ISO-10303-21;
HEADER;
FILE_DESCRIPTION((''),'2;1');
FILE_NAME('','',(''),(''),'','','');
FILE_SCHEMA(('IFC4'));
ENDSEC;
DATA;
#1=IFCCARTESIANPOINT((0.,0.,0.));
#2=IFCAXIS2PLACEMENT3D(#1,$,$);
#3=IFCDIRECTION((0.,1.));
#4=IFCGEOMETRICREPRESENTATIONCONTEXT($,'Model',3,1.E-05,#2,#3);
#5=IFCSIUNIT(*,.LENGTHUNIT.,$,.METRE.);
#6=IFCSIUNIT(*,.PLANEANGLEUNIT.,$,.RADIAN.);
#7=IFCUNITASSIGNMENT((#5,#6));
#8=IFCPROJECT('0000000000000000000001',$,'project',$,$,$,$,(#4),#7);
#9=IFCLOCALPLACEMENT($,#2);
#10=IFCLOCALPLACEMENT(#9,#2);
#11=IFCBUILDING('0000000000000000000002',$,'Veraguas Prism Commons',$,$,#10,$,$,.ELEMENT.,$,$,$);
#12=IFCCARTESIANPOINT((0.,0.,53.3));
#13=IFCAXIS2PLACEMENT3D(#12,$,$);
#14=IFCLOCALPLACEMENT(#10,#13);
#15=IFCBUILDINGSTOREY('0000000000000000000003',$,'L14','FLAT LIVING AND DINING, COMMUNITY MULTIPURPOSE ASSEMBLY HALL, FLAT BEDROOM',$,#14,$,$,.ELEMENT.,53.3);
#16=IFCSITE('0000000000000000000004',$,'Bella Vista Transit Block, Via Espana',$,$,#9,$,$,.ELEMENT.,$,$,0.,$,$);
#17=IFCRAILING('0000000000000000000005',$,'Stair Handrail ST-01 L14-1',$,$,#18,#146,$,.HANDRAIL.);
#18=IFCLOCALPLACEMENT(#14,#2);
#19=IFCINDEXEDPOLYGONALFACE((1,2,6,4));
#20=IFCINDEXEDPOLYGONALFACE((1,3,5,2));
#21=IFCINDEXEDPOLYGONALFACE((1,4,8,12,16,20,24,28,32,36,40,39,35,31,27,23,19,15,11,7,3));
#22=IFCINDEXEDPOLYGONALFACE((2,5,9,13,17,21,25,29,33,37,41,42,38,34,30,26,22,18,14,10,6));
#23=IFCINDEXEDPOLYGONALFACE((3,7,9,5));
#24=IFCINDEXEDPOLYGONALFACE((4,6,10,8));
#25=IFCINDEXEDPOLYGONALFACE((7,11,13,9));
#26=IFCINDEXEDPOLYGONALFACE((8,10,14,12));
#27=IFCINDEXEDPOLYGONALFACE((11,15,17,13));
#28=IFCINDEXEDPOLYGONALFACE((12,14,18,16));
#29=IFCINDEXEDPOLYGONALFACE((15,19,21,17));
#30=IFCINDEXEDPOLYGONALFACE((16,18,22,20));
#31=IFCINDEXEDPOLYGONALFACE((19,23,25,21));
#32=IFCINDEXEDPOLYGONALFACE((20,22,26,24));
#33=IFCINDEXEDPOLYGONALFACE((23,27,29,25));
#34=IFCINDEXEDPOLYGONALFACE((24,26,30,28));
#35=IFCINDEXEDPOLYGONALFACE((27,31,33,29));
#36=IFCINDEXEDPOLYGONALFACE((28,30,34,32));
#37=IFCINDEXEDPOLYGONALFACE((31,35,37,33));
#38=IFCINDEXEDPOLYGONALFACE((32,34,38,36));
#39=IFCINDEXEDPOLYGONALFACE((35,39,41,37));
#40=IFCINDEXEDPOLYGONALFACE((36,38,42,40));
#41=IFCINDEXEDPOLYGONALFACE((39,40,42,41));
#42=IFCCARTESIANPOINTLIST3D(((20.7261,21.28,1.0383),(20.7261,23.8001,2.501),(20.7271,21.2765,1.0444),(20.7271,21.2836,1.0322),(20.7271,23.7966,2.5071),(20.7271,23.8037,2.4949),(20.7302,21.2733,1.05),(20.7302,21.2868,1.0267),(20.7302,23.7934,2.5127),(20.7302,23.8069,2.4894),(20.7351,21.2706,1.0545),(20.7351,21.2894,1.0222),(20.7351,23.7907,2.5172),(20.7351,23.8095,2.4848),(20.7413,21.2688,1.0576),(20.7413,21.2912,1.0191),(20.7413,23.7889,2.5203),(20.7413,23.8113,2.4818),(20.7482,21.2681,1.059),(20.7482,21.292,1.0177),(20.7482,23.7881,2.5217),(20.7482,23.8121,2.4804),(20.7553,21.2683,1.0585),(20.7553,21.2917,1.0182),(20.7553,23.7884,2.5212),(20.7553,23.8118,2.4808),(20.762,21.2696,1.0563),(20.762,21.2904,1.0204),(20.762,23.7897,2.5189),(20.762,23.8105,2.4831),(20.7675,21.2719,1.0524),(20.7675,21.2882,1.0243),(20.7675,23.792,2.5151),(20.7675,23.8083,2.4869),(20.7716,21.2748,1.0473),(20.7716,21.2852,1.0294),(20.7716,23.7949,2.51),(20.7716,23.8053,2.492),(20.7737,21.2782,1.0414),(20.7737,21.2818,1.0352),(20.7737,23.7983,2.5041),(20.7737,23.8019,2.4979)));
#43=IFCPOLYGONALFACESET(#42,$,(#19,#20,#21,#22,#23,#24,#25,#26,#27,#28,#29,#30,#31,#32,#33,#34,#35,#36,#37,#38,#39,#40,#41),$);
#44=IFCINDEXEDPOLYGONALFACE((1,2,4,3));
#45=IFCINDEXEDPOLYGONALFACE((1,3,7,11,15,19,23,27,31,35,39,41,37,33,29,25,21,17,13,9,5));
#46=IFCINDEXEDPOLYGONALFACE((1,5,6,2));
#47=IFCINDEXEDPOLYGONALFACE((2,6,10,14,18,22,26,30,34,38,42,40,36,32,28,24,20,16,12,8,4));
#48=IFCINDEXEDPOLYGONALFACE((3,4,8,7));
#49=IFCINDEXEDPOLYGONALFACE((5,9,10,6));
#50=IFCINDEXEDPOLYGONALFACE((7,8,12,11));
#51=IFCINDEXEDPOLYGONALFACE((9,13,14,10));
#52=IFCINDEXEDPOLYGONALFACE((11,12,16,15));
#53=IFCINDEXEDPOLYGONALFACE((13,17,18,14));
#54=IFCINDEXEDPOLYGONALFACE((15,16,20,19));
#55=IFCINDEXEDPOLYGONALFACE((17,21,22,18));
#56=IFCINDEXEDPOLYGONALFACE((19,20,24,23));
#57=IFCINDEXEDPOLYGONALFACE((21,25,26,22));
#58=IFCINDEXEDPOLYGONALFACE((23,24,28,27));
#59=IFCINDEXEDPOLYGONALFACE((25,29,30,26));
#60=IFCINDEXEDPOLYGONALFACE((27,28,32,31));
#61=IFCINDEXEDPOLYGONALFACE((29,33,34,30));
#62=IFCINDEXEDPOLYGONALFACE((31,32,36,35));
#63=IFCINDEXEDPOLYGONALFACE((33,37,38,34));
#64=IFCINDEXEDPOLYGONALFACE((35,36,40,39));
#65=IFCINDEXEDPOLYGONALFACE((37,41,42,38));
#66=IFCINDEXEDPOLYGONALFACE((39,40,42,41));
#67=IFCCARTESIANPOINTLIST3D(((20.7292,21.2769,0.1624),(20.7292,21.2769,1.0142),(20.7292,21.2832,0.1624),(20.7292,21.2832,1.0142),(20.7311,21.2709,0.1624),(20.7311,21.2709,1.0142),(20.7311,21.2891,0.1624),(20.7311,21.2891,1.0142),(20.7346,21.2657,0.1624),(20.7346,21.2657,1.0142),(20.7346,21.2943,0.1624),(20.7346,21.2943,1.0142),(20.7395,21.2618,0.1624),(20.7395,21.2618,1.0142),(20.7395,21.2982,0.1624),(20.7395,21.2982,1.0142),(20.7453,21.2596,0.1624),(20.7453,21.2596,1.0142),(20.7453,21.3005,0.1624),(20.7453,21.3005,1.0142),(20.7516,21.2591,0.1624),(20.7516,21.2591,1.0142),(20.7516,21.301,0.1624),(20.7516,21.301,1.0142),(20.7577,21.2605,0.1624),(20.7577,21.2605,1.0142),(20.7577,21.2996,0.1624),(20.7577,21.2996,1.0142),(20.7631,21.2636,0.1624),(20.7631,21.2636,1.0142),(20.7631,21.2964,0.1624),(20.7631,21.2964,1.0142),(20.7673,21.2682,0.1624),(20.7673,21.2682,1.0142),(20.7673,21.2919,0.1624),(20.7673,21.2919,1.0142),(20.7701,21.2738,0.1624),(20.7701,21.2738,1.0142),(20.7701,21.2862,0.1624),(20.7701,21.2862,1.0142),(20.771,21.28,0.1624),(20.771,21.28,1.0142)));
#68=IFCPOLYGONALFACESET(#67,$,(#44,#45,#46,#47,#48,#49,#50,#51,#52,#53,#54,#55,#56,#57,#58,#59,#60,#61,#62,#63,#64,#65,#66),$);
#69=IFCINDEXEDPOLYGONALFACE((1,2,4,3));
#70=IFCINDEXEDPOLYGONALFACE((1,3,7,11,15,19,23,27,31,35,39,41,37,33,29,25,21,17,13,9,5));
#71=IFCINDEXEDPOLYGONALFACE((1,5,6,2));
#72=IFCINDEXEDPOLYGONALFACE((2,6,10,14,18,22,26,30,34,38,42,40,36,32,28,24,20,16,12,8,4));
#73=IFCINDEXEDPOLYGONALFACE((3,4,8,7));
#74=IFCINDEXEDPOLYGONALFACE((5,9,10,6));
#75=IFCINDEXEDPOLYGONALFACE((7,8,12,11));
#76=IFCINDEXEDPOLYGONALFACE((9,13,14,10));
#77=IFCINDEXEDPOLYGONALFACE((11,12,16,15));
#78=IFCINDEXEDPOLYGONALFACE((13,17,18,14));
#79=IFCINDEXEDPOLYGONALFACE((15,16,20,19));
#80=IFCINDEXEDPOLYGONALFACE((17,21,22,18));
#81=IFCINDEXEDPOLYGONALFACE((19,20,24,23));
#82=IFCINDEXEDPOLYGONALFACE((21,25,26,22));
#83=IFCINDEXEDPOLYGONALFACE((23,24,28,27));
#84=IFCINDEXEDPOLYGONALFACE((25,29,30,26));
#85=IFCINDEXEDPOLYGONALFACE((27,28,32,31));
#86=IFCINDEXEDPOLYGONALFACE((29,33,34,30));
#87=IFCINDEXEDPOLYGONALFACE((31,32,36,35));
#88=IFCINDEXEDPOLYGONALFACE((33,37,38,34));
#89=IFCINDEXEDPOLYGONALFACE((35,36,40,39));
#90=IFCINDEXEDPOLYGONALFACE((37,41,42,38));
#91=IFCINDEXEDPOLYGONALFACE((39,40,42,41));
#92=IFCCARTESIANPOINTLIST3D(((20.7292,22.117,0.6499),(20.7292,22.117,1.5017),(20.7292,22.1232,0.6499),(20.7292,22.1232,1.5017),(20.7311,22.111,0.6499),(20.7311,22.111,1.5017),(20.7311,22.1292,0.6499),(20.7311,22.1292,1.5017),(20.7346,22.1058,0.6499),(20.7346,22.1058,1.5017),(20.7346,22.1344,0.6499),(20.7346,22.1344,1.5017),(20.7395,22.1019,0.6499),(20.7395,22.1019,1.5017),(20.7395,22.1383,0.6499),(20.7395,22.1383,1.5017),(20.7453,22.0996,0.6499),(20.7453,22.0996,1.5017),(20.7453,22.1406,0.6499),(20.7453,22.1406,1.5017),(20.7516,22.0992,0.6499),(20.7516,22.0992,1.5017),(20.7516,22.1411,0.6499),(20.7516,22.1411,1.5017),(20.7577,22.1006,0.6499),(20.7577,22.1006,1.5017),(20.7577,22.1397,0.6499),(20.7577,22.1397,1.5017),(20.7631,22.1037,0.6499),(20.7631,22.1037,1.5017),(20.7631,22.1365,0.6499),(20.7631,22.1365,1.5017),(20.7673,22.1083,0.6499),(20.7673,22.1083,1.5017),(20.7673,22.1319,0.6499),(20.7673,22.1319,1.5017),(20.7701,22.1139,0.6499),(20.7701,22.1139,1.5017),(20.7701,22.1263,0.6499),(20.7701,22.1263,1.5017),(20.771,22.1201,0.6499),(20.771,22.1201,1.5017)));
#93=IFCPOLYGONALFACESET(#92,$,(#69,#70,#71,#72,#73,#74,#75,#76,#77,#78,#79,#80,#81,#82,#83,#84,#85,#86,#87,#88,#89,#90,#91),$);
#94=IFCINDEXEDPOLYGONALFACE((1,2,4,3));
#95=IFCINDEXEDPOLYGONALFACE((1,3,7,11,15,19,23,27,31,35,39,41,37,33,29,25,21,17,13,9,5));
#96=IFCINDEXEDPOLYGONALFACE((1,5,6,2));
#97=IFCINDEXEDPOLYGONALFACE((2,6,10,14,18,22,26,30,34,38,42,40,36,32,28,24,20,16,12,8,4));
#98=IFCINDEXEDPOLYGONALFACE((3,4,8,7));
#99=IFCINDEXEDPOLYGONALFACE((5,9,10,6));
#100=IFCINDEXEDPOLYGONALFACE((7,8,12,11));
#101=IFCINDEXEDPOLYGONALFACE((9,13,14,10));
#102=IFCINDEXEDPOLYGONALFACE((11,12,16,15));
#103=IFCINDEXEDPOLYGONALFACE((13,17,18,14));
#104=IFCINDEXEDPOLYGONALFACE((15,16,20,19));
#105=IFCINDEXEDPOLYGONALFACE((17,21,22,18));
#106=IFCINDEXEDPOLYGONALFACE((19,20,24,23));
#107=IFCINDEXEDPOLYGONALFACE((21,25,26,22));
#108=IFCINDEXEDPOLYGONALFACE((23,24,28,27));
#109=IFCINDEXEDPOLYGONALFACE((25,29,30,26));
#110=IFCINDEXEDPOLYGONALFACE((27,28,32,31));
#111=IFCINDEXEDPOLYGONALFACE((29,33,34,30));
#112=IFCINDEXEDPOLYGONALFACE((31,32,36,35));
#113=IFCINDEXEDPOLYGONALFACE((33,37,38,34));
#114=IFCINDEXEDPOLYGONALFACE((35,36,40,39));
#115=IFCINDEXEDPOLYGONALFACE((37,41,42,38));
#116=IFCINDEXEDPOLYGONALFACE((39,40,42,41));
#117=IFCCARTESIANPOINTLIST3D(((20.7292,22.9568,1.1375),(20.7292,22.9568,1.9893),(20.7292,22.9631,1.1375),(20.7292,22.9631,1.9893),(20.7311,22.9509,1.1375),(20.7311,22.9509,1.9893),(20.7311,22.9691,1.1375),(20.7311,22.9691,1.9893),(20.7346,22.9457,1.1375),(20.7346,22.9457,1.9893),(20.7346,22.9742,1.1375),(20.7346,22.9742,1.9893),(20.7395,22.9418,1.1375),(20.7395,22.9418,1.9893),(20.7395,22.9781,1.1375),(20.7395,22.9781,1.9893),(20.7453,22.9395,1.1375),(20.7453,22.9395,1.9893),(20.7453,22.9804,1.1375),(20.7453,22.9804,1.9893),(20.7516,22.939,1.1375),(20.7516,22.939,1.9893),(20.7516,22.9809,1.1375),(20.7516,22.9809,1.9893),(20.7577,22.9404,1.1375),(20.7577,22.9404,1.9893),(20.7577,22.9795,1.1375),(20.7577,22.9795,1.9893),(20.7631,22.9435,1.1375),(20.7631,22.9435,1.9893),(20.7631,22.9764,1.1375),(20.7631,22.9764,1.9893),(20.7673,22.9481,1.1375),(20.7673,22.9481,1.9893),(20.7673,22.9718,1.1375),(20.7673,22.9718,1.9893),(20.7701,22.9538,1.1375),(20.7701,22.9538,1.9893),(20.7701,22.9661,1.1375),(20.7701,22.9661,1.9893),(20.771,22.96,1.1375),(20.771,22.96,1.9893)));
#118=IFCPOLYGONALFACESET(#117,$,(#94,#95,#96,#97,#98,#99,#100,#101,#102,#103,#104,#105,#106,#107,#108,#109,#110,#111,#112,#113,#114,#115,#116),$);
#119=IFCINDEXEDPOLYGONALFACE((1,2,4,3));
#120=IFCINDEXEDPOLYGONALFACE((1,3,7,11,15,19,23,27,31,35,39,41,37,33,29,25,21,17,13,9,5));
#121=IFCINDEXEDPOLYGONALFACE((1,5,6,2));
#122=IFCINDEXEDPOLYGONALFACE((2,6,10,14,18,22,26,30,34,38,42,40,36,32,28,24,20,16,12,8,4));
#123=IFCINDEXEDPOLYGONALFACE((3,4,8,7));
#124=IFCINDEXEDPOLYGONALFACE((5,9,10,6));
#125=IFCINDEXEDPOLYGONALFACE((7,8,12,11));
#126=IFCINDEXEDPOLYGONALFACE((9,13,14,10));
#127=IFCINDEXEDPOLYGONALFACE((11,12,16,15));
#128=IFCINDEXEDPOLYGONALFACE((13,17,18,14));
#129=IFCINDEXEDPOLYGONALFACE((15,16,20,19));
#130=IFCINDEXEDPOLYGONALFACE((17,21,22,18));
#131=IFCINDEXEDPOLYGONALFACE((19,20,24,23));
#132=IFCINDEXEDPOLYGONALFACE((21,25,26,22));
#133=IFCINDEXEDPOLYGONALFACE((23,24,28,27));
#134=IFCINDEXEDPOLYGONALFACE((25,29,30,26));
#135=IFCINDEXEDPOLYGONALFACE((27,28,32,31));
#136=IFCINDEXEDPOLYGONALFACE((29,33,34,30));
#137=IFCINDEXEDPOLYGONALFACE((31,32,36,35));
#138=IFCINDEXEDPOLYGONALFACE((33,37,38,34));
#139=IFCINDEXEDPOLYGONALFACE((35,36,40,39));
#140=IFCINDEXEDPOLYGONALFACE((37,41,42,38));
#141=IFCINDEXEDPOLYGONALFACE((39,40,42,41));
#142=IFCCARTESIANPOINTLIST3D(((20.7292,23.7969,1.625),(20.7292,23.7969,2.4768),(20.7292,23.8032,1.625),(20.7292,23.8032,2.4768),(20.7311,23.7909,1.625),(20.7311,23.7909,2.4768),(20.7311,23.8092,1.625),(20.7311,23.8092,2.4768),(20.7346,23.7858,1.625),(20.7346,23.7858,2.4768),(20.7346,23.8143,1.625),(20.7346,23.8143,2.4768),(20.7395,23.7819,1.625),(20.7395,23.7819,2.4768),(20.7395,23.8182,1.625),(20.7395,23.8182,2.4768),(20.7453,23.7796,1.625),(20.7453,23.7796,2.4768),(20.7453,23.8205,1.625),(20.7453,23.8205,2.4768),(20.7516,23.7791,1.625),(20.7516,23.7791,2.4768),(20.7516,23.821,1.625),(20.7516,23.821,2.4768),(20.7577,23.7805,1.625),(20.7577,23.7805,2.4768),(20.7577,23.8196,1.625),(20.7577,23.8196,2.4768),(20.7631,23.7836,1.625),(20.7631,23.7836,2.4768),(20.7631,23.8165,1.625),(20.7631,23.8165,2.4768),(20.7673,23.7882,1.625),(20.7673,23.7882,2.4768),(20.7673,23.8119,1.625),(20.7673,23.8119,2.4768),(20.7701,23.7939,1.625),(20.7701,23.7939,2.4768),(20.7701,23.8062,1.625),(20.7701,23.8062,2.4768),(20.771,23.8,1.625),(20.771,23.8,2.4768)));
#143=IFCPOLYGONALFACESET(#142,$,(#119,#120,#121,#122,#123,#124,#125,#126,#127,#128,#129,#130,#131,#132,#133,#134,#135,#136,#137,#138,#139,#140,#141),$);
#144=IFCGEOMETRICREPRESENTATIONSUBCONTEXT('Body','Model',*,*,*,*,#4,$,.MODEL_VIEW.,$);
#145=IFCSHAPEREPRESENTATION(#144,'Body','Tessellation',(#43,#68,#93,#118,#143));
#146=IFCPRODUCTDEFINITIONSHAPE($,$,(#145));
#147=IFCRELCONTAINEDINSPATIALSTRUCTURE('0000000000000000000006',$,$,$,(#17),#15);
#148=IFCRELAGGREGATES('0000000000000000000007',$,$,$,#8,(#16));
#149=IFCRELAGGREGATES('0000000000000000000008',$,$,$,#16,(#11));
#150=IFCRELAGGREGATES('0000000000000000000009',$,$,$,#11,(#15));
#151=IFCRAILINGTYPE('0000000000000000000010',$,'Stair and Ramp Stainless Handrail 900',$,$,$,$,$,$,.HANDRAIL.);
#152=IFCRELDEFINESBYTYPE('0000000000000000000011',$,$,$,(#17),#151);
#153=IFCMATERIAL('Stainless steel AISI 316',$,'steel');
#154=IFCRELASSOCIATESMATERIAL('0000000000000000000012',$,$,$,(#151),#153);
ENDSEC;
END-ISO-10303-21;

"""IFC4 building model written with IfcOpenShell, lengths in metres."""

from ifc_helpers import new_model, si_unit, direction, frame, origin, origin_2d, place, context, subcontext, project, spatial, circle, extrude, material, type_object, element, save


model = new_model("IFC4")

# Units and contexts
model_context = context("Model", 3, precision=1e-05, world=origin(), true_north=direction((0.0, 1.0)))
body_context = subcontext(model_context, "Body", "Model", "MODEL_VIEW")
ifc_project = project(units=[si_unit("LENGTHUNIT", "METRE"), si_unit("PLANEANGLEUNIT", "RADIAN")], contexts=[model_context])

# Site, building, storey
site_placement = place(None, origin())
site = spatial("IfcSite", under=ifc_project, at=site_placement, Name="Bella Vista Transit Block, Via Espana", CompositionType="ELEMENT", RefElevation=0.0)
building_placement = place(site_placement, origin())
building = spatial("IfcBuilding", under=site, at=building_placement, Name="Veraguas Prism Commons", CompositionType="ELEMENT")
storey_placement = place(building_placement, frame((0.0, 0.0, 53.3)))
storey = spatial("IfcBuildingStorey", under=building, at=storey_placement, Name="L14", Description="FLAT LIVING AND DINING, COMMUNITY MULTIPURPOSE ASSEMBLY HALL, FLAT BEDROOM", CompositionType="ELEMENT", Elevation=53.3)

# Railing
ifc_material_1 = material(Name="Stainless steel AISI 316", Category="steel")
railing_type_1 = type_object("IfcRailingType", Name="Stair and Ramp Stainless Handrail 900", PredefinedType="HANDRAIL", material=ifc_material_1)
railing_1_placement = place(storey_placement, frame((20.75, 21.28, 0.1624)))
element("IfcRailing", 1, at=railing_1_placement, inside=storey, type_object=railing_type_1, Name="Stair Handrail ST-01 L14-1", PredefinedType="HANDRAIL", context=body_context, shape_type="SweptSolid", body=[
    extrude(circle(Radius=0.0239, at=origin_2d()), frame((0.0, 0.0, 0.876), z_axis=(0.0, 0.864877, 0.501984), x_axis=(-1.0, 0.0, 0.0)), (0.0, 0.0, 1.0), 2.9138),
    extrude(circle(Radius=0.021, at=origin_2d()), origin(), (0.0, 0.0, 1.0), 0.8518),
    extrude(circle(Radius=0.021, at=origin_2d()), frame((0.0, 0.8401, 0.4875)), (0.0, 0.0, 1.0), 0.8518),
    extrude(circle(Radius=0.021, at=origin_2d()), frame((0.0, 1.6799, 0.9751)), (0.0, 0.0, 1.0), 0.8518),
    extrude(circle(Radius=0.021, at=origin_2d()), frame((0.0, 2.52, 1.4626)), (0.0, 0.0, 1.0), 0.8518),
])

save(model, "model.ifc")
